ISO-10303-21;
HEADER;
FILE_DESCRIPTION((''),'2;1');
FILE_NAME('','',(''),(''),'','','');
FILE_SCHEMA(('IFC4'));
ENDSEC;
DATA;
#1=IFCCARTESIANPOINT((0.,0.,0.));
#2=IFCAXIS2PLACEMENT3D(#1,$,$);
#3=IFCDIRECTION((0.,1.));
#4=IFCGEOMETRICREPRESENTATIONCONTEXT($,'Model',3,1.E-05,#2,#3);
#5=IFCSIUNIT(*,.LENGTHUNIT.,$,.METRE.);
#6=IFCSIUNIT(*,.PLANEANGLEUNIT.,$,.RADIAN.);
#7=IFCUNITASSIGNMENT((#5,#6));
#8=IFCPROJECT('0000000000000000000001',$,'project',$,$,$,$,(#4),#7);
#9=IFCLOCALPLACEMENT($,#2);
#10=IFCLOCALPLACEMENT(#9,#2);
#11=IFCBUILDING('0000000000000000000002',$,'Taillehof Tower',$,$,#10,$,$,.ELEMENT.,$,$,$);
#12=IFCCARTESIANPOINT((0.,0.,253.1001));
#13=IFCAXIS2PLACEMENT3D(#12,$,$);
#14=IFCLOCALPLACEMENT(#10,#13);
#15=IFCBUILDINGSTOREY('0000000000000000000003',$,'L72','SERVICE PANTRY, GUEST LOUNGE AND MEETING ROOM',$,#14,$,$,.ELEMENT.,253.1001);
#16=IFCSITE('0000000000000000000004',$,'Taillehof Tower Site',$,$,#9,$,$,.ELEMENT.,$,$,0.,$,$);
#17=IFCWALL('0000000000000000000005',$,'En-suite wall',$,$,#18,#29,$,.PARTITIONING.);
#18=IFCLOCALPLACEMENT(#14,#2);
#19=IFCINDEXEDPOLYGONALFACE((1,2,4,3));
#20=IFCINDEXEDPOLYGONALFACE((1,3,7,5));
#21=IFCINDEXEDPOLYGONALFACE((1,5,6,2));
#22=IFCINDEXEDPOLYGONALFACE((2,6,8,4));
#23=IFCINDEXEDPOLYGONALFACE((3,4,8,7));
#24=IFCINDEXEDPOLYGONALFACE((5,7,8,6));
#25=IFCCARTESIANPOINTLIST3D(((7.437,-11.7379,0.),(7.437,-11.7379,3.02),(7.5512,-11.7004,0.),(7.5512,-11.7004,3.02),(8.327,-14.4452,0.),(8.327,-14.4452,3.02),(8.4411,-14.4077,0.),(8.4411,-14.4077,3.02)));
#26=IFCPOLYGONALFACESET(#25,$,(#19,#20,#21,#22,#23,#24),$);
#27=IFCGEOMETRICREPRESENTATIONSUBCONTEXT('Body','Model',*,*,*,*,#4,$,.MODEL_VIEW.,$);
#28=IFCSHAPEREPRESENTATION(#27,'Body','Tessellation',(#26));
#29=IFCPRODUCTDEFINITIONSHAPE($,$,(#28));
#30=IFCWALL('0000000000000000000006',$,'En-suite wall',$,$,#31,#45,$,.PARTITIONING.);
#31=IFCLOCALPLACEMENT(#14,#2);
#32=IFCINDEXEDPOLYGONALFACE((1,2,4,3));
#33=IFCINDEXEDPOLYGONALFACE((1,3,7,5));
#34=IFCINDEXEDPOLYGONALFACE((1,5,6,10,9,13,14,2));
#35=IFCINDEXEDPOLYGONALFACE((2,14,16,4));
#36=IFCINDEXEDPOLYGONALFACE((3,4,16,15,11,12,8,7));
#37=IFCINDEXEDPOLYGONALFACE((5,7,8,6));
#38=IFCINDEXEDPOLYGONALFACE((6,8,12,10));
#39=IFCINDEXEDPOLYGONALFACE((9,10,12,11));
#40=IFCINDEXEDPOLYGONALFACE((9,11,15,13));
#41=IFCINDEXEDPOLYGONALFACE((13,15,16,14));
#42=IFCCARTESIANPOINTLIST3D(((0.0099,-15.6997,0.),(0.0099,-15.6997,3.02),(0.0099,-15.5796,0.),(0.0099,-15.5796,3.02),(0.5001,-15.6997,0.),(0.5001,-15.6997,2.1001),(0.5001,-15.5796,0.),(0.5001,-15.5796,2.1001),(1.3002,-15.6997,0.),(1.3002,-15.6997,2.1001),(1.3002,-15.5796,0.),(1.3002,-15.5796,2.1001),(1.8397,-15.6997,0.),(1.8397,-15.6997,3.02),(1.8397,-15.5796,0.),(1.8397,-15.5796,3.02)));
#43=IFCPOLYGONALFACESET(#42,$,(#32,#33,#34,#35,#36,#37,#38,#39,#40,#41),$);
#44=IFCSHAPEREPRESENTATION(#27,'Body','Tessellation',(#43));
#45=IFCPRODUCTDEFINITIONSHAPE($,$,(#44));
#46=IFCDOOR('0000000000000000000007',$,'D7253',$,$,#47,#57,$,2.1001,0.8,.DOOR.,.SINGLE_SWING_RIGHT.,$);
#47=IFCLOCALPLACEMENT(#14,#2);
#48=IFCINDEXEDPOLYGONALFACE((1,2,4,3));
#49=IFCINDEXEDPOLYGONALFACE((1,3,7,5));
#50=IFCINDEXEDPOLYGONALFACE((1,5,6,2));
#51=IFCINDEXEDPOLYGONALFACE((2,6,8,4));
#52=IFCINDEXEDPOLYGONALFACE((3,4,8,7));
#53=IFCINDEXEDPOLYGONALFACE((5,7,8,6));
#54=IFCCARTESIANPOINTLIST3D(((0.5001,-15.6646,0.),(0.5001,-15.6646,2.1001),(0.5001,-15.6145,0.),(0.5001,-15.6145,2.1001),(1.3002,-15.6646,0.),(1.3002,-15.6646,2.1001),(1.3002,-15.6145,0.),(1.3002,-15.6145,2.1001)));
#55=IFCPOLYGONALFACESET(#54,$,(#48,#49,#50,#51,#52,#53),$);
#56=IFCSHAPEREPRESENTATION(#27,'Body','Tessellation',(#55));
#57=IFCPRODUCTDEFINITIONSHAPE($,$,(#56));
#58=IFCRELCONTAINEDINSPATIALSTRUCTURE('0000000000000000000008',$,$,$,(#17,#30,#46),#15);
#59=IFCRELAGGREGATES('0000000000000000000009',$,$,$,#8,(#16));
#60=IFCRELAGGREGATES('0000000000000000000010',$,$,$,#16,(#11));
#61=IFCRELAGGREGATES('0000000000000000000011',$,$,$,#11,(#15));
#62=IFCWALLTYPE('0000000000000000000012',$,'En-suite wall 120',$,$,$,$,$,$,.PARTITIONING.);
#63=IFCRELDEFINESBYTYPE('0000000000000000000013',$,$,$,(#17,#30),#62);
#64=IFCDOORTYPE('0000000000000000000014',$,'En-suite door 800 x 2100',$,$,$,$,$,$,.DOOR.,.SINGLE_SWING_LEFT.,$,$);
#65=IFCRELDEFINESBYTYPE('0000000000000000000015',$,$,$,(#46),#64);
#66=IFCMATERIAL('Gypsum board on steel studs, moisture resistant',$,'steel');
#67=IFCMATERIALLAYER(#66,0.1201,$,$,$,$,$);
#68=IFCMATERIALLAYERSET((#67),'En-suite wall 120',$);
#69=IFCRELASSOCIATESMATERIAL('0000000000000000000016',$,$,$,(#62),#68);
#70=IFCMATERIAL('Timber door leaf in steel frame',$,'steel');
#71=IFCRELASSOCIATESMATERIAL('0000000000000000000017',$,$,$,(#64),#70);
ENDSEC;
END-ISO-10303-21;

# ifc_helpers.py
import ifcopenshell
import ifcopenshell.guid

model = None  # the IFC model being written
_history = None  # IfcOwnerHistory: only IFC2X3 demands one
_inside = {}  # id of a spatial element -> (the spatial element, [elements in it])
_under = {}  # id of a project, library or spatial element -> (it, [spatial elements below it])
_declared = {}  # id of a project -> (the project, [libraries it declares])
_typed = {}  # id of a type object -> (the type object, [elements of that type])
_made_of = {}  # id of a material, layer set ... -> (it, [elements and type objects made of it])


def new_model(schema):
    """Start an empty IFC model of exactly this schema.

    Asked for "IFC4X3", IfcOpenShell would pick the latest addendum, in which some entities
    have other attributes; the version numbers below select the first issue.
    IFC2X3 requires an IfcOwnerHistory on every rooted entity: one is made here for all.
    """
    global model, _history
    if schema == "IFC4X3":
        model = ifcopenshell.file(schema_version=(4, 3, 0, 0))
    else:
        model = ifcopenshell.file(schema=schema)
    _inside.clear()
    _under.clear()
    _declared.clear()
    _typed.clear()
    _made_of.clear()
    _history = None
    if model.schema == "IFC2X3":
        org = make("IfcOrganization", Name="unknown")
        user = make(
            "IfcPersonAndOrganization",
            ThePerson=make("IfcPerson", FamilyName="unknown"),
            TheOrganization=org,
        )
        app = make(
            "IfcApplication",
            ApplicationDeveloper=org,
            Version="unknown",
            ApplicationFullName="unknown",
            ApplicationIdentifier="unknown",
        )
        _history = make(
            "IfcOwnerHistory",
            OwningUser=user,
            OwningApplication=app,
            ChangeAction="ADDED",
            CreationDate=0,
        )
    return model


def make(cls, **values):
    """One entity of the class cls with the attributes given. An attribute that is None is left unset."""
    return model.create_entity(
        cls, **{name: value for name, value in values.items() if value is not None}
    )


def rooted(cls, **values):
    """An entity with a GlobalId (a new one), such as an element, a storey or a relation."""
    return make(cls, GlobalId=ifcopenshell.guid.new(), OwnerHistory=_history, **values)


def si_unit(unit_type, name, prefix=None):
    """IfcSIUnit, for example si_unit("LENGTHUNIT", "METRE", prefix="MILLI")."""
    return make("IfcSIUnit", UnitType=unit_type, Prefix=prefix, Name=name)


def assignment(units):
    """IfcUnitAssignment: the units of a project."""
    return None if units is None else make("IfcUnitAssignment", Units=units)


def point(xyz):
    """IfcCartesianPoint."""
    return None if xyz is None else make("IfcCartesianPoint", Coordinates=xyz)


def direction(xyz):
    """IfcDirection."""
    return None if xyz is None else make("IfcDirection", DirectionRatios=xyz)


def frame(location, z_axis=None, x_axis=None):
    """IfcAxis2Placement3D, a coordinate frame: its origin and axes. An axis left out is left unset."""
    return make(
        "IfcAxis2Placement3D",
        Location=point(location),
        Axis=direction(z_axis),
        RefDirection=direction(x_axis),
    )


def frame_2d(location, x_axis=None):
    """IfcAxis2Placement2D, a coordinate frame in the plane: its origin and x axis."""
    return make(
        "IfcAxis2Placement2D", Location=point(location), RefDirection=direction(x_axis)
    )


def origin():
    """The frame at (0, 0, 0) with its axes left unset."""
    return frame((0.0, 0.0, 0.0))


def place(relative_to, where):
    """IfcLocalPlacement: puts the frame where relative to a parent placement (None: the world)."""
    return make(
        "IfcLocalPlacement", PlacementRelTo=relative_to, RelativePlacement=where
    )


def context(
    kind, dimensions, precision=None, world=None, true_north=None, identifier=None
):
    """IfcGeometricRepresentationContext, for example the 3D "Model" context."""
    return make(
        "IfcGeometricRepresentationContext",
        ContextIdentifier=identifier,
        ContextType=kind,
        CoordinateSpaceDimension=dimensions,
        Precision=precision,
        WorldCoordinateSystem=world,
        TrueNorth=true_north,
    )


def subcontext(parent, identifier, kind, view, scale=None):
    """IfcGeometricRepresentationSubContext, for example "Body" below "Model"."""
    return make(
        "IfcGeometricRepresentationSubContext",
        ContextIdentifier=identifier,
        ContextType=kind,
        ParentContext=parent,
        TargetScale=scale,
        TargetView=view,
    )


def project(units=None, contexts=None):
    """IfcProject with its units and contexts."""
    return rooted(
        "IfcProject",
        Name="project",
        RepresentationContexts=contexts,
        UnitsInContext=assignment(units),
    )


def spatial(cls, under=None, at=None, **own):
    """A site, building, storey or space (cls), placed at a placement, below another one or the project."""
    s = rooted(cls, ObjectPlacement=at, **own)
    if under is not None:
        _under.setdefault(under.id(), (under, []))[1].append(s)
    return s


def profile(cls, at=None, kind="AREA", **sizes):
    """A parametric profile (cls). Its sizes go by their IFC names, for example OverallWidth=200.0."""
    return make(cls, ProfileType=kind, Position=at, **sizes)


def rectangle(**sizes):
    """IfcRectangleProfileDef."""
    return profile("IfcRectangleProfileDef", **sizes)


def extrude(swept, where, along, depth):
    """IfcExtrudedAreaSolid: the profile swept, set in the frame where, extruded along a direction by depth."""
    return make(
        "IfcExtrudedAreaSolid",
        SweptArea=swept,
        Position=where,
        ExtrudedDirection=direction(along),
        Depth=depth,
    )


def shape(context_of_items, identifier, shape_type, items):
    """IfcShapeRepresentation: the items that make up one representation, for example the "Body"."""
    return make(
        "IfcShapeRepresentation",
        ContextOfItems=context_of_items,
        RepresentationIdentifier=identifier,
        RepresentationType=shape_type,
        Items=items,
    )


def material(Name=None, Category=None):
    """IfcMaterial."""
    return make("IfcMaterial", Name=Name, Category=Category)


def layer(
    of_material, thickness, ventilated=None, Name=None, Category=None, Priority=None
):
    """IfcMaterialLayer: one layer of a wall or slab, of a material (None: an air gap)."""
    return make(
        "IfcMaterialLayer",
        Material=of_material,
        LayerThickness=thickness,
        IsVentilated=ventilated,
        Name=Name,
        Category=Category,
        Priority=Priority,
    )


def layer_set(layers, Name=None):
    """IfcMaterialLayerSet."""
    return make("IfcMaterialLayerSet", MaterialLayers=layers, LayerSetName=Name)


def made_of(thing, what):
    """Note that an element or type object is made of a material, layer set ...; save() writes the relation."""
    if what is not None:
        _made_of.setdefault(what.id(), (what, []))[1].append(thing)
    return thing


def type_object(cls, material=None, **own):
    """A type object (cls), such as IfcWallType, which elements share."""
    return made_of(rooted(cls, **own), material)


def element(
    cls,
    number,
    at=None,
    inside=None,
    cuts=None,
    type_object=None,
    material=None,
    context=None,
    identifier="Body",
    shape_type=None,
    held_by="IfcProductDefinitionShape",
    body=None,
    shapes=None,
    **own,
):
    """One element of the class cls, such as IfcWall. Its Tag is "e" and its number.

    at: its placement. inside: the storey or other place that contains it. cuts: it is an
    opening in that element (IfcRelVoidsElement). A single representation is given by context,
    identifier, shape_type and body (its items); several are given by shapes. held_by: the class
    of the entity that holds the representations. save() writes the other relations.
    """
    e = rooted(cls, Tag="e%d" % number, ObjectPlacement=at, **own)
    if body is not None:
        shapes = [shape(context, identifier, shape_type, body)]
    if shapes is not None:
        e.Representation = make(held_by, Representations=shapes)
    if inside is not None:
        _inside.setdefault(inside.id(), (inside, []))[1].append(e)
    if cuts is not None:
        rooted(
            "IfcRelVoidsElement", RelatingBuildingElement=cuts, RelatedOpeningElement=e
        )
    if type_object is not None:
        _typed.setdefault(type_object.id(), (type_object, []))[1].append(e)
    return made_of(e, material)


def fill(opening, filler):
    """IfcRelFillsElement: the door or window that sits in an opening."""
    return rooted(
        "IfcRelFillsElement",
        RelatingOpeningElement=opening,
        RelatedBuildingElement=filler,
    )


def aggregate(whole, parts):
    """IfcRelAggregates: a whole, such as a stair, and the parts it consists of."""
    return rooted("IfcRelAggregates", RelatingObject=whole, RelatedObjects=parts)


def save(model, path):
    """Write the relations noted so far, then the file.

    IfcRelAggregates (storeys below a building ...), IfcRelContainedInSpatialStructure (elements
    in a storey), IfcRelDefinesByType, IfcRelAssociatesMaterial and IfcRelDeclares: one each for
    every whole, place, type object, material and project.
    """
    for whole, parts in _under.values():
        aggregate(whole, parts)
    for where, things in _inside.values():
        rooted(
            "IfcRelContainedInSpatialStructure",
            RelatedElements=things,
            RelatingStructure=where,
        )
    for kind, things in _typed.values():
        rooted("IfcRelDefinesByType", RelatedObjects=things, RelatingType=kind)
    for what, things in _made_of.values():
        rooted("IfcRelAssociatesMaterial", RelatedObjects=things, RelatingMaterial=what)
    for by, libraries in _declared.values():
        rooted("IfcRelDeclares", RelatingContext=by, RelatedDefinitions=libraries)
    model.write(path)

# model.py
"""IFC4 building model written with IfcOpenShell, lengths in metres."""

from ifc_helpers import new_model, si_unit, direction, frame, frame_2d, origin, place, context, subcontext, project, spatial, rectangle, extrude, material, layer, layer_set, type_object, element, fill, save


model = new_model("IFC4")

# Units and contexts
model_context = context("Model", 3, precision=1e-05, world=origin(), true_north=direction((0.0, 1.0)))
body_context = subcontext(model_context, "Body", "Model", "MODEL_VIEW")
ifc_project = project(units=[si_unit("LENGTHUNIT", "METRE"), si_unit("PLANEANGLEUNIT", "RADIAN")], contexts=[model_context])

# Site, building, storey
site_placement = place(None, origin())
site = spatial("IfcSite", under=ifc_project, at=site_placement, Name="Taillehof Tower Site", CompositionType="ELEMENT", RefElevation=0.0)
building_placement = place(site_placement, origin())
building = spatial("IfcBuilding", under=site, at=building_placement, Name="Taillehof Tower", CompositionType="ELEMENT")
storey_placement = place(building_placement, frame((0.0, 0.0, 253.1001)))
storey = spatial("IfcBuildingStorey", under=building, at=storey_placement, Name="L72", Description="SERVICE PANTRY, GUEST LOUNGE AND MEETING ROOM", CompositionType="ELEMENT", Elevation=253.1001)

# Wall
ifc_material_1 = material(Name="Gypsum board on steel studs, moisture resistant", Category="steel")
ifc_layer_1 = layer(ifc_material_1, 0.1201)
ifc_layer_set_1 = layer_set([ifc_layer_1], Name="En-suite wall 120")
wall_type_1 = type_object("IfcWallType", Name="En-suite wall 120", PredefinedType="PARTITIONING", material=ifc_layer_set_1)
wall_1_placement = place(storey_placement, frame((7.4941, -11.7192, 0.0), z_axis=(0.0, 0.0, 1.0), x_axis=(0.312267, -0.949994, 0.0)))
element("IfcWall", 1, at=wall_1_placement, inside=storey, type_object=wall_type_1, Name="En-suite wall", PredefinedType="PARTITIONING", context=body_context, shape_type="SweptSolid", body=[
    extrude(rectangle(XDim=2.8499, YDim=0.1201, at=frame_2d((1.4248, 0.0))), origin(), (0.0, 0.0, 1.0), 3.02),
])

# Wall, opening, door
wall_2_placement = place(storey_placement, frame((1.8398, -15.6396, 0.0), z_axis=(0.0, 0.0, 1.0), x_axis=(-1.0, 0.0, 0.0)))
wall_2 = element("IfcWall", 2, at=wall_2_placement, inside=storey, type_object=wall_type_1, Name="En-suite wall", PredefinedType="PARTITIONING", context=body_context, shape_type="SweptSolid", body=[
    extrude(rectangle(XDim=1.8298, YDim=0.1201, at=frame_2d((0.915, 0.0))), origin(), (0.0, 0.0, 1.0), 3.02),
])
opening_1_placement = place(wall_2_placement, frame((0.5398, 0.0, 0.0)))
opening_1 = element("IfcOpeningElement", 3, at=opening_1_placement, cuts=wall_2, PredefinedType="OPENING", context=body_context, shape_type="SweptSolid", body=[
    extrude(rectangle(XDim=0.8, YDim=2.1001, at=frame_2d((0.3999, 1.05))), frame((0.0, 0.0701, 0.0), z_axis=(0.0, -1.0, 0.0), x_axis=(1.0, 0.0, 0.0)), (0.0, 0.0, 1.0), 0.1401),
])
ifc_material_2 = material(Name="Timber door leaf in steel frame", Category="steel")
door_type_1 = type_object("IfcDoorType", Name="En-suite door 800 x 2100", OperationType="SINGLE_SWING_LEFT", PredefinedType="DOOR", material=ifc_material_2)
door_1_placement = place(opening_1_placement, origin())
door_1 = element("IfcDoor", 4, at=door_1_placement, inside=storey, type_object=door_type_1, Name="D7253", OperationType="SINGLE_SWING_RIGHT", OverallHeight=2.1001, OverallWidth=0.8, PredefinedType="DOOR", context=body_context, shape_type="SweptSolid", body=[
    extrude(rectangle(XDim=0.8, YDim=2.1001, at=frame_2d((0.3999, 1.05))), frame((0.0, 0.0249, 0.0), z_axis=(0.0, -1.0, 0.0), x_axis=(1.0, 0.0, 0.0)), (0.0, 0.0, 1.0), 0.05),
])
fill(opening_1, door_1)

save(model, "model.ifc")
